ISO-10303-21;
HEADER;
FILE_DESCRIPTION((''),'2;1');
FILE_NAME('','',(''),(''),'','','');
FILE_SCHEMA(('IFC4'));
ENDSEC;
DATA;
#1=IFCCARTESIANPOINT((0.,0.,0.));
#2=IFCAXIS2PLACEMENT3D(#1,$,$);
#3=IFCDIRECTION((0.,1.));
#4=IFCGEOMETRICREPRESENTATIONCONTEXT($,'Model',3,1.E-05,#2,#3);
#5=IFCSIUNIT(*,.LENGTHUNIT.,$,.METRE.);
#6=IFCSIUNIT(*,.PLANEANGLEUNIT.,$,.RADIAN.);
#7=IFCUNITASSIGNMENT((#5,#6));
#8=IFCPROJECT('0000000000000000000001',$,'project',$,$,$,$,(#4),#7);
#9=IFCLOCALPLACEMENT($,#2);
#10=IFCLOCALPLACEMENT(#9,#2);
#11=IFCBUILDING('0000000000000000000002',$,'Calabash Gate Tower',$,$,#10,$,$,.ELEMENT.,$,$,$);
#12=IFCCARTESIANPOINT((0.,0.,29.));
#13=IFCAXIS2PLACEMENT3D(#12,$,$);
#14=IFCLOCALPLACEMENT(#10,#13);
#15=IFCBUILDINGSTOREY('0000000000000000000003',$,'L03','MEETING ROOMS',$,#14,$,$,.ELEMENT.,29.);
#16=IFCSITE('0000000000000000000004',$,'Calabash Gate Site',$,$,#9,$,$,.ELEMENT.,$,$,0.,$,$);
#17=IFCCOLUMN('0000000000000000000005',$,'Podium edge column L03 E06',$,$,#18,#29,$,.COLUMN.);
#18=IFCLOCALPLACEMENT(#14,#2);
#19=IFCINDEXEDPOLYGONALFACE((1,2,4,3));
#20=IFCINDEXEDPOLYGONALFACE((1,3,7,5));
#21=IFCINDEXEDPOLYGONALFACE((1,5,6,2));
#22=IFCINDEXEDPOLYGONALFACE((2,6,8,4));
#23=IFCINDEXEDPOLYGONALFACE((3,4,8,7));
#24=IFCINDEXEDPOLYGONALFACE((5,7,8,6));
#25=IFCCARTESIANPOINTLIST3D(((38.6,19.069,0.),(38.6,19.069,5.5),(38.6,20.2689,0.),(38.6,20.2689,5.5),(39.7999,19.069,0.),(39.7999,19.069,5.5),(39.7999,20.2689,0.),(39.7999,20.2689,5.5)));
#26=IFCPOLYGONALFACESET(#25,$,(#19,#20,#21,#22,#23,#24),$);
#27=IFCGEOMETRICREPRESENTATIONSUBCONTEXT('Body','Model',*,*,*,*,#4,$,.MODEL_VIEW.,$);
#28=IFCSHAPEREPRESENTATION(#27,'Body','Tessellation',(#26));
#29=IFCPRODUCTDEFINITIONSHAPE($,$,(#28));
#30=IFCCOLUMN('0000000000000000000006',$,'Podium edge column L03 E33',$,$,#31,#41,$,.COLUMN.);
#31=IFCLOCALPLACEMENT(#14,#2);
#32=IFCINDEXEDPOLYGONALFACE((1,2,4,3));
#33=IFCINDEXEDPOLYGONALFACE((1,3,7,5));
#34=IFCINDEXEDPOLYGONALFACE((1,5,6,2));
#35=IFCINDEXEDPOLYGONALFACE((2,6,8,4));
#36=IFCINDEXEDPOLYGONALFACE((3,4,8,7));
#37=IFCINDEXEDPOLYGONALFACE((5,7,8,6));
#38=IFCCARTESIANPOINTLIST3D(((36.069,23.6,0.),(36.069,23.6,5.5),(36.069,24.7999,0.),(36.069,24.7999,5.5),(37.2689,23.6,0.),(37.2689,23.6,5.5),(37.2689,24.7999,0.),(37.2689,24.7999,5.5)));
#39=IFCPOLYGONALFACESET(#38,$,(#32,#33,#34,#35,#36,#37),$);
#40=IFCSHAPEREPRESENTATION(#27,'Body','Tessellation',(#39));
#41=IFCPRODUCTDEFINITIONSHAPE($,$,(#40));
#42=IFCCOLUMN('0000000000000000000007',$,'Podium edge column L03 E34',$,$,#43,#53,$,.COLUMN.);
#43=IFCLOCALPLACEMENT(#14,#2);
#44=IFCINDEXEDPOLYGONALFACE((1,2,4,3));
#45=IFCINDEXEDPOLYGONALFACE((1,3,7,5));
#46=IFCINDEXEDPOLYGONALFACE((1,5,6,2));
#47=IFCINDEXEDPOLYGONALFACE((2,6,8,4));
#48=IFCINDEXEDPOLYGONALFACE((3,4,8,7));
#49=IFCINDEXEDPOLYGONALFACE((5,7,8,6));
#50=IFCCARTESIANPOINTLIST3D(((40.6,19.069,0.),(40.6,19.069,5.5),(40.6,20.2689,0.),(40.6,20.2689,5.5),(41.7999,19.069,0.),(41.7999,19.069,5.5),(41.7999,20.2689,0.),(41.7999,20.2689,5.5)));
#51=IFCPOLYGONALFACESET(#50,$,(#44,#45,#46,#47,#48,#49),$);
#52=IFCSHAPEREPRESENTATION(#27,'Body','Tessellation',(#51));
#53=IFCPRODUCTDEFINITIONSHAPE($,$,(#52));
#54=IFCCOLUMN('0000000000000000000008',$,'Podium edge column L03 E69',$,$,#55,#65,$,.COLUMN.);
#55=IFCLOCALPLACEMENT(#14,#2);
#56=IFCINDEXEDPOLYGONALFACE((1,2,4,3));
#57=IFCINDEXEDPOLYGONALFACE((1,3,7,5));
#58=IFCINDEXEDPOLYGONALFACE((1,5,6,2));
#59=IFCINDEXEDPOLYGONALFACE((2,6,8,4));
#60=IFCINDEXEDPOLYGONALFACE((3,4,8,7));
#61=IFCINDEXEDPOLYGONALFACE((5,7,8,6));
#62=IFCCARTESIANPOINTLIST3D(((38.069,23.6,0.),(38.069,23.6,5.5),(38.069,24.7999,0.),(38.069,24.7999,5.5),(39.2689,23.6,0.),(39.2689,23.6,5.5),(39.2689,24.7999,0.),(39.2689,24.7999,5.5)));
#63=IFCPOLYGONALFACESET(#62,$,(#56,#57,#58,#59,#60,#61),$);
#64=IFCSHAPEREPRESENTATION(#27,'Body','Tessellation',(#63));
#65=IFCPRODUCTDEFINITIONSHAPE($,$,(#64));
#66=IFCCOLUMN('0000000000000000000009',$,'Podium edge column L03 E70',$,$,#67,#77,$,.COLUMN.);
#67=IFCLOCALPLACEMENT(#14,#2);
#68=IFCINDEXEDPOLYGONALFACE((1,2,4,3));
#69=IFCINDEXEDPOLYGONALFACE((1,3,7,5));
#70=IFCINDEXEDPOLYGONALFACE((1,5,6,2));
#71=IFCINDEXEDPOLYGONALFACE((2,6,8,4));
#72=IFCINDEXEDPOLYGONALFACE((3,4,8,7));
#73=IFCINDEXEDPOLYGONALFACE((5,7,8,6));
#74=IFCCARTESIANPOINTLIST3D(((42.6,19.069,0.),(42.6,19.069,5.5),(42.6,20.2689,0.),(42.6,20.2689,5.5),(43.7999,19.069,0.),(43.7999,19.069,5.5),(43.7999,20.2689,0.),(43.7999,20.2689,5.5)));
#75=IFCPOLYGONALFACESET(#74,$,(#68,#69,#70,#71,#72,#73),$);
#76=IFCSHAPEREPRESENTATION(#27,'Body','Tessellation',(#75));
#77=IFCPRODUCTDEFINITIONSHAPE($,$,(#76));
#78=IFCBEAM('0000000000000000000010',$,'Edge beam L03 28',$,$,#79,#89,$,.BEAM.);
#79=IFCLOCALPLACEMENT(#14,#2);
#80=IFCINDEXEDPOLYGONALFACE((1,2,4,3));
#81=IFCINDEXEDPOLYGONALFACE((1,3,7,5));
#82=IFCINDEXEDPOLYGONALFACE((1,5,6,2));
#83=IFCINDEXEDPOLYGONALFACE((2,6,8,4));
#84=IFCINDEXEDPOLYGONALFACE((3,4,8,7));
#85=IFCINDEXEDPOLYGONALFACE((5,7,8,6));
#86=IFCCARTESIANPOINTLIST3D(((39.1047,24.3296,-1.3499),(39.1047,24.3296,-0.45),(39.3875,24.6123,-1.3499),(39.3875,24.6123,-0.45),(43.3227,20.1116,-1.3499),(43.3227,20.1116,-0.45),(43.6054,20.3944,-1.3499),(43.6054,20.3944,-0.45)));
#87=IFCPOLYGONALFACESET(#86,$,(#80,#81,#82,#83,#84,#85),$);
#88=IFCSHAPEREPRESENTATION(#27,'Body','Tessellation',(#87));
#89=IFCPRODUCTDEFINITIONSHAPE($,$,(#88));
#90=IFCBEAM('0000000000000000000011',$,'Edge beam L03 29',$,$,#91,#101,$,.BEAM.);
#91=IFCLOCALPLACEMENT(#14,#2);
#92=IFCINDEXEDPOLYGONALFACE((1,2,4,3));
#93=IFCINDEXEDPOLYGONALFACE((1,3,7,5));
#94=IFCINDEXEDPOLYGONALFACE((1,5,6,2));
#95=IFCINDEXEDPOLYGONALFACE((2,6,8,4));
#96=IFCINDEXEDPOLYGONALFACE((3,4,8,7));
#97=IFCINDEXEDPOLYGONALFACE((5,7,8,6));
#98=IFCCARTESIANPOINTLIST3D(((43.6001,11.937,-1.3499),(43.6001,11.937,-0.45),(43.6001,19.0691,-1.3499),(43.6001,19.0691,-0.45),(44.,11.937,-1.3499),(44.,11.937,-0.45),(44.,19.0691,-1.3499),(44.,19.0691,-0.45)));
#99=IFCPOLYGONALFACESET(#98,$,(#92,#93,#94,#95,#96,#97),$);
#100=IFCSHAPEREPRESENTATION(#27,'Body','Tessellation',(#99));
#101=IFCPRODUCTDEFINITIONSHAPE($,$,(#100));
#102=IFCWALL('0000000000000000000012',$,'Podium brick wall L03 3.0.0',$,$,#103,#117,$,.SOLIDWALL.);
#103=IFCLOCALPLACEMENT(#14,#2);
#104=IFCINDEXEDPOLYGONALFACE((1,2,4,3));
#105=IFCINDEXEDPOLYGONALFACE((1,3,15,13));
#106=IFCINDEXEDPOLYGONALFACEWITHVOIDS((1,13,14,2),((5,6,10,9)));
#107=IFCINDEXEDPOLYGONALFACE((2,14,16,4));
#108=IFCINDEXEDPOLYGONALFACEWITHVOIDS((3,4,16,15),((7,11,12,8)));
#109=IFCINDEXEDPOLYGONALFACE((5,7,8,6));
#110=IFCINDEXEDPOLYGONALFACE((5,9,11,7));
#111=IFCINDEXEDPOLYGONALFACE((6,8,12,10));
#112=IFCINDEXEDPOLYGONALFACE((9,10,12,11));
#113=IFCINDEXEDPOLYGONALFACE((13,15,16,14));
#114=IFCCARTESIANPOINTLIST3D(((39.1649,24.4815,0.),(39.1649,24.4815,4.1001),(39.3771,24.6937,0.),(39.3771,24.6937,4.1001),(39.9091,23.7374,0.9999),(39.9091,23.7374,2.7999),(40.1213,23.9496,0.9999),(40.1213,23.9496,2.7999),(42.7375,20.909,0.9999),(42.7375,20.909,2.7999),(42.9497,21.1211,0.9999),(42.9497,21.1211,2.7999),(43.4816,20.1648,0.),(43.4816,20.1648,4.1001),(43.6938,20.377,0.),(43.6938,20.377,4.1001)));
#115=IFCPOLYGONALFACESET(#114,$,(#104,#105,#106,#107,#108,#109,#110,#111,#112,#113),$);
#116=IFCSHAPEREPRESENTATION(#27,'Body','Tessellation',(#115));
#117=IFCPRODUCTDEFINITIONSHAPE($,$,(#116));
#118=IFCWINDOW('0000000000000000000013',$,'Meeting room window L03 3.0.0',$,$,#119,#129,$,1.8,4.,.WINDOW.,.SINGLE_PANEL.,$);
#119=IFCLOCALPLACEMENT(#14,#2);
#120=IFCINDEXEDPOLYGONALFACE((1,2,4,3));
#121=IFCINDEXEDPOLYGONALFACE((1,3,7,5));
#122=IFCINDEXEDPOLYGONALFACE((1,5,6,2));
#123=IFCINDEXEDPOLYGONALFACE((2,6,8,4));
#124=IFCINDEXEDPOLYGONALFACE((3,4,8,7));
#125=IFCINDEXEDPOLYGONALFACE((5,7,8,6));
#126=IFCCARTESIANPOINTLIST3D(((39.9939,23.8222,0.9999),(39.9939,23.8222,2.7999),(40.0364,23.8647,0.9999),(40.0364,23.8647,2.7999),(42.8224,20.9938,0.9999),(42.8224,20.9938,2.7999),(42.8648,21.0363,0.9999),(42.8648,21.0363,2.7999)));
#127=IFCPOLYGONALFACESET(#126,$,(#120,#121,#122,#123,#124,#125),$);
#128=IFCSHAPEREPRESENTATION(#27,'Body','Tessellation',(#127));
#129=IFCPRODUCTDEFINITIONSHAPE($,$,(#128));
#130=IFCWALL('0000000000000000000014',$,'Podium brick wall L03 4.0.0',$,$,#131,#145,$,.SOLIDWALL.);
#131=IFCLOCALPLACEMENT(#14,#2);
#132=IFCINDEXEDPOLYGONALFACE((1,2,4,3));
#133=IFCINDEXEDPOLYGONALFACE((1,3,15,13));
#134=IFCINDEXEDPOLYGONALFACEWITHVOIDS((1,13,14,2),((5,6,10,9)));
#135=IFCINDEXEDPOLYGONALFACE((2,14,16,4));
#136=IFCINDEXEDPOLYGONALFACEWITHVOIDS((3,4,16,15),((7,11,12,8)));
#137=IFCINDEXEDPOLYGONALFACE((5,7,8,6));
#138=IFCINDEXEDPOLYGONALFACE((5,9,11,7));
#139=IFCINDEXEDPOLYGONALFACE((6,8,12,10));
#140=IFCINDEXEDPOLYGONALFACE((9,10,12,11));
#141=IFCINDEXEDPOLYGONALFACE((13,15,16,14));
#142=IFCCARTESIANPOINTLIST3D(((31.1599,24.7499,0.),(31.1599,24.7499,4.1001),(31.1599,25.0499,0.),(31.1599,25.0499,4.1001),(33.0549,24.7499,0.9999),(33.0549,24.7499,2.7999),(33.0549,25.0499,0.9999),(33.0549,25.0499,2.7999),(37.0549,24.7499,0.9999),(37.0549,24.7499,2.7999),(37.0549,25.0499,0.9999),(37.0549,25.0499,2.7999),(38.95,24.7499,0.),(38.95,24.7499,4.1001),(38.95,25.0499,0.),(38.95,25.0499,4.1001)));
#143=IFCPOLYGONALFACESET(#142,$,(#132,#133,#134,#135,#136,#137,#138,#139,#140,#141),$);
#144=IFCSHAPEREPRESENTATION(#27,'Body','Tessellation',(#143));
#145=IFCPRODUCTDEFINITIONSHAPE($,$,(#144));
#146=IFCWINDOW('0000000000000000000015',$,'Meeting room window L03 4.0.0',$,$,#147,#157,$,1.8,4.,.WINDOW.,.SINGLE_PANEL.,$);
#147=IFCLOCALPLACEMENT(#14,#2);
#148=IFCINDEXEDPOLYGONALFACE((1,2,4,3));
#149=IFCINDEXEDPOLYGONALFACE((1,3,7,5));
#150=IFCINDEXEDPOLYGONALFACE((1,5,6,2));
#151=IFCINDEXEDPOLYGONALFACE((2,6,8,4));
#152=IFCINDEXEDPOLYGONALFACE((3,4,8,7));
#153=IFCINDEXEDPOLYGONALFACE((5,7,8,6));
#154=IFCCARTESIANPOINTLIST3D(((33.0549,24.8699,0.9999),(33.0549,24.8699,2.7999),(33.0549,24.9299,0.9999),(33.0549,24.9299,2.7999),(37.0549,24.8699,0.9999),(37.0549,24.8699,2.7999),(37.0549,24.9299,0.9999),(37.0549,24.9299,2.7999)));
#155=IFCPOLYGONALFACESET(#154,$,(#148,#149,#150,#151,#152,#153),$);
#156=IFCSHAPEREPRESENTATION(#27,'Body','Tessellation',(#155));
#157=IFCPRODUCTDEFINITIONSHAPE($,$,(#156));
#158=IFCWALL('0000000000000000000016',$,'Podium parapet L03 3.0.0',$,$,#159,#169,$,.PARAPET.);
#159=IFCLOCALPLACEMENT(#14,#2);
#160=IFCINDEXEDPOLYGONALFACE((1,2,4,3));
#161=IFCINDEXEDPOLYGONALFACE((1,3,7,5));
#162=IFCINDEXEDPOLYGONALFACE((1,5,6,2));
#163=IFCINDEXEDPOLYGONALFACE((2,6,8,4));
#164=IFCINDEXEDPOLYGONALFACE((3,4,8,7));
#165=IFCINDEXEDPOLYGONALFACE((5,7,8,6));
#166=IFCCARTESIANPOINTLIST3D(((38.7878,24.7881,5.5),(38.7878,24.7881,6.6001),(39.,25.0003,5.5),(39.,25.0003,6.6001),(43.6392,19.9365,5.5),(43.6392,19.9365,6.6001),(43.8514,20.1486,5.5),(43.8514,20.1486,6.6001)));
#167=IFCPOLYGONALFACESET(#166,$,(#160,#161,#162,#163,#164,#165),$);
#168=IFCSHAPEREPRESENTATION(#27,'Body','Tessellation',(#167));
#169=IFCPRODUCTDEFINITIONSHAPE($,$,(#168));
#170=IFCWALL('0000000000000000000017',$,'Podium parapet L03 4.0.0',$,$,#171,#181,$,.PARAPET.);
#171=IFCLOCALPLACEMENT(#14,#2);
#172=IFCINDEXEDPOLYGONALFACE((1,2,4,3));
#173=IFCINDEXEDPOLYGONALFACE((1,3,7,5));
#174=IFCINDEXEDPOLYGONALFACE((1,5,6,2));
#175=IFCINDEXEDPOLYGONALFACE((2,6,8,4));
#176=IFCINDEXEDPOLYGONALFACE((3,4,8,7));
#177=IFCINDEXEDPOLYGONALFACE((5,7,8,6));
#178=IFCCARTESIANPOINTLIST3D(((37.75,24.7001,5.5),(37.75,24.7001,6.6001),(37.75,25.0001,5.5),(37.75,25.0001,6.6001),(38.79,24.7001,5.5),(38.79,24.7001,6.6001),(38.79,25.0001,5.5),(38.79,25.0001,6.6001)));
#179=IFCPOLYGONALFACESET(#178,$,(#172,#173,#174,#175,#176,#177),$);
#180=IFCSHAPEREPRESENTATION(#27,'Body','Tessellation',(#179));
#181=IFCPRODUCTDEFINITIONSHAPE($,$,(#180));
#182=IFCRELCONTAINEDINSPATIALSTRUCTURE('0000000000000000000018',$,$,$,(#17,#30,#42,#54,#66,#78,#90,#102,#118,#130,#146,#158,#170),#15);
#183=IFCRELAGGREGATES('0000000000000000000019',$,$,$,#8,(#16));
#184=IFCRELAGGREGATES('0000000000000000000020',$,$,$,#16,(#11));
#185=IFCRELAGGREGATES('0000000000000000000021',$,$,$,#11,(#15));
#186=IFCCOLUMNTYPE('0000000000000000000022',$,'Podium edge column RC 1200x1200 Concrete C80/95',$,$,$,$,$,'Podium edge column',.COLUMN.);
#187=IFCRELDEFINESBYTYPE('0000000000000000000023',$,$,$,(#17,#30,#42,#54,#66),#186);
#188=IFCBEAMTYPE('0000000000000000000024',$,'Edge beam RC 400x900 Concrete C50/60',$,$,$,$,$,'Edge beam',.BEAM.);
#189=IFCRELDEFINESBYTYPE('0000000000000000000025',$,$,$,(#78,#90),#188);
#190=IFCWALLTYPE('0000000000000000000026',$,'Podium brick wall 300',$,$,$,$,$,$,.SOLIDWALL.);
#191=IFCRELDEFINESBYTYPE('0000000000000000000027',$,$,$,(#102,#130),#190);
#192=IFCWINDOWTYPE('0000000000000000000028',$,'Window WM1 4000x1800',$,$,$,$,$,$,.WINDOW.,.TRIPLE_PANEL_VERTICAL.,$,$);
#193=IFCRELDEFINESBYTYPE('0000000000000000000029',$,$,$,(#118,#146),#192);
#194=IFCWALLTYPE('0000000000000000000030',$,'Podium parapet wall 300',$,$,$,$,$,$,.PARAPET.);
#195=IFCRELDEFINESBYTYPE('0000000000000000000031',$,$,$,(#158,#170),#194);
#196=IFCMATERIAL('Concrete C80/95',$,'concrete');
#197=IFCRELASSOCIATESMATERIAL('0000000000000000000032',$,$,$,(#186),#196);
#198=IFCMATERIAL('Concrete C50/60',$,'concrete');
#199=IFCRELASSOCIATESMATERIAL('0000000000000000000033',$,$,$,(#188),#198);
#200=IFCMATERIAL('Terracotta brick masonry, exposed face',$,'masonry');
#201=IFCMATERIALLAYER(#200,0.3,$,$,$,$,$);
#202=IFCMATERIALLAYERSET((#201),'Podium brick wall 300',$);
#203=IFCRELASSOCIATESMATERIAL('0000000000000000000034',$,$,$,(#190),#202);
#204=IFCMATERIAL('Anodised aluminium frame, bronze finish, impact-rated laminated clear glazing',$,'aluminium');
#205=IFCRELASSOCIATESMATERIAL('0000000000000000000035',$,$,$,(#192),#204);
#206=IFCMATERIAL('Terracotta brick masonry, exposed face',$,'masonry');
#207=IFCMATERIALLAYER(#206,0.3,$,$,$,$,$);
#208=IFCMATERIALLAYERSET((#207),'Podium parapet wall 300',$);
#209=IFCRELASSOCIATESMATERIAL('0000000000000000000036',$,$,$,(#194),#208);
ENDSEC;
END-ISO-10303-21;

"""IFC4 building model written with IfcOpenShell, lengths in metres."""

from ifc_helpers import new_model, si_unit, direction, frame, frame_2d, origin, origin_2d, place, context, subcontext, project, spatial, rectangle, extrude, material, layer, layer_set, material_profile, profile_set, type_object, element, fill, save


model = new_model("IFC4")

# Units and contexts
model_context = context("Model", 3, precision=1e-05, world=origin(), true_north=direction((0.0, 1.0)))
body_context = subcontext(model_context, "Body", "Model", "MODEL_VIEW")
ifc_project = project(units=[si_unit("LENGTHUNIT", "METRE"), si_unit("PLANEANGLEUNIT", "RADIAN")], contexts=[model_context])

# Site, building, storey
site_placement = place(None, origin())
site = spatial("IfcSite", under=ifc_project, at=site_placement, Name="Calabash Gate Site", CompositionType="ELEMENT", RefElevation=0.0)
building_placement = place(site_placement, origin())
building = spatial("IfcBuilding", under=site, at=building_placement, Name="Calabash Gate Tower", CompositionType="ELEMENT")
storey_placement = place(building_placement, frame((0.0, 0.0, 29.0)))
storey = spatial("IfcBuildingStorey", under=building, at=storey_placement, Name="L03", Description="MEETING ROOMS", CompositionType="ELEMENT", Elevation=29.0)

# Columns
ifc_material_1 = material(Name="Concrete C80/95", Category="concrete")
ifc_material_profile_1 = material_profile(ifc_material_1, rectangle(XDim=1.2, YDim=1.2, at=origin_2d()))
ifc_profile_set_1 = profile_set([ifc_material_profile_1], Name="Concrete C80/95")
column_type = type_object("IfcColumnType", Name="Podium edge column RC 1200x1200 Concrete C80/95", ElementType="Podium edge column", PredefinedType="COLUMN", material=ifc_profile_set_1)
for number, where, z_axis, x_axis, name in (
    (1, (39.2, 19.6689, 0.0), (0.0, 0.0, 1.0), (1.0, 0.0, 0.0), "Podium edge column L03 E06"),
    (2, (36.6689, 24.2, 0.0), (0.0, 0.0, 1.0), (1.0, 0.0, 0.0), "Podium edge column L03 E33"),
    (3, (41.2, 19.6689, 0.0), (0.0, 0.0, 1.0), (1.0, 0.0, 0.0), "Podium edge column L03 E34"),
    (4, (38.6689, 24.2, 0.0), (0.0, 0.0, 1.0), (1.0, 0.0, 0.0), "Podium edge column L03 E69"),
    (5, (43.2, 19.6689, 0.0), (0.0, 0.0, 1.0), (1.0, 0.0, 0.0), "Podium edge column L03 E70"),
):
    element("IfcColumn", number, at=place(storey_placement, frame(where, z_axis=z_axis, x_axis=x_axis)), inside=storey, type_object=column_type, Name=name, PredefinedType="COLUMN", context=body_context, shape_type="SweptSolid", body=[
        extrude(rectangle(XDim=1.2, YDim=1.2, at=origin_2d()), origin(), (0.0, 0.0, 1.0), 5.5),
    ])

# Beams
ifc_material_2 = material(Name="Concrete C50/60", Category="concrete")
ifc_material_profile_2 = material_profile(ifc_material_2, rectangle(XDim=0.3999, YDim=0.8999, at=origin_2d()))
ifc_profile_set_2 = profile_set([ifc_material_profile_2], Name="Concrete C50/60")
beam_type = type_object("IfcBeamType", Name="Edge beam RC 400x900 Concrete C50/60", ElementType="Edge beam", PredefinedType="BEAM", material=ifc_profile_set_2)
beam_1_placement = place(storey_placement, frame((39.2461, 24.4709, -0.8999), z_axis=(0.707107, -0.707107, 0.0), x_axis=(0.707107, 0.707107, 0.0)))
element("IfcBeam", 6, at=beam_1_placement, inside=storey, type_object=beam_type, Name="Edge beam L03 28", PredefinedType="BEAM", context=body_context, shape_type="SweptSolid", body=[
    extrude(rectangle(XDim=0.3999, YDim=0.8999, at=origin_2d()), origin(), (0.0, 0.0, 1.0), 5.9651),
])
beam_2_placement = place(storey_placement, frame((43.8, 19.0691, -0.8999), z_axis=(0.0, -1.0, 0.0), x_axis=(1.0, 0.0, 0.0)))
element("IfcBeam", 7, at=beam_2_placement, inside=storey, type_object=beam_type, Name="Edge beam L03 29", PredefinedType="BEAM", context=body_context, shape_type="SweptSolid", body=[
    extrude(rectangle(XDim=0.3999, YDim=0.8999, at=origin_2d()), origin(), (0.0, 0.0, 1.0), 7.1321),
])

# Walls, openings, windows
ifc_material_3 = material(Name="Terracotta brick masonry, exposed face", Category="masonry")
ifc_layer_1 = layer(ifc_material_3, 0.3)
ifc_layer_set_1 = layer_set([ifc_layer_1], Name="Podium brick wall 300")
wall_type_1 = type_object("IfcWallType", Name="Podium brick wall 300", PredefinedType="SOLIDWALL", material=ifc_layer_set_1)
wall_1_placement = place(storey_placement, frame((43.5876, 20.271, 0.0), z_axis=(0.0, 0.0, 1.0), x_axis=(-0.707107, 0.707107, 0.0)))
wall_1 = element("IfcWall", 8, at=wall_1_placement, inside=storey, type_object=wall_type_1, Name="Podium brick wall L03 3.0.0", PredefinedType="SOLIDWALL", context=body_context, shape_type="SweptSolid", body=[
    extrude(rectangle(XDim=6.1047, YDim=0.3, at=frame_2d((3.0522, 0.0))), origin(), (0.0, 0.0, 1.0), 4.1001),
])
opening_1_placement = place(wall_1_placement, frame((1.0522, 0.0, 1.0)))
opening_1 = element("IfcOpeningElement", 9, at=opening_1_placement, cuts=wall_1, PredefinedType="OPENING", context=body_context, shape_type="SweptSolid", body=[
    extrude(rectangle(XDim=4.0, YDim=1.8, at=frame_2d((2.0, 0.8999))), frame((0.0, 0.1599, 0.0), z_axis=(0.0, -1.0, 0.0), x_axis=(1.0, 0.0, 0.0)), (0.0, 0.0, 1.0), 0.3201),
])
ifc_material_4 = material(Name="Anodised aluminium frame, bronze finish, impact-rated laminated clear glazing", Category="aluminium")
window_type = type_object("IfcWindowType", Name="Window WM1 4000x1800", PartitioningType="TRIPLE_PANEL_VERTICAL", PredefinedType="WINDOW", material=ifc_material_4)
window_1_placement = place(opening_1_placement, origin())
window_1 = element("IfcWindow", 10, at=window_1_placement, inside=storey, type_object=window_type, Name="Meeting room window L03 3.0.0", OverallHeight=1.8, OverallWidth=4.0, PartitioningType="SINGLE_PANEL", PredefinedType="WINDOW", context=body_context, shape_type="SweptSolid", body=[
    extrude(rectangle(XDim=4.0, YDim=1.8, at=frame_2d((2.0, 0.8999))), frame((0.0, 0.03, 0.0), z_axis=(0.0, -1.0, 0.0), x_axis=(1.0, 0.0, 0.0)), (0.0, 0.0, 1.0), 0.0601),
])
fill(opening_1, window_1)
wall_2_placement = place(storey_placement, frame((38.95, 24.8999, 0.0), z_axis=(0.0, 0.0, 1.0), x_axis=(-1.0, 0.0, 0.0)))
wall_2 = element("IfcWall", 11, at=wall_2_placement, inside=storey, type_object=wall_type_1, Name="Podium brick wall L03 4.0.0", PredefinedType="SOLIDWALL", context=body_context, shape_type="SweptSolid", body=[
    extrude(rectangle(XDim=7.79, YDim=0.3, at=frame_2d((3.895, 0.0))), origin(), (0.0, 0.0, 1.0), 4.1001),
])
opening_2_placement = place(wall_2_placement, frame((1.895, 0.0, 1.0)))
opening_2 = element("IfcOpeningElement", 12, at=opening_2_placement, cuts=wall_2, PredefinedType="OPENING", context=body_context, shape_type="SweptSolid", body=[
    extrude(rectangle(XDim=4.0, YDim=1.8, at=frame_2d((2.0, 0.8999))), frame((0.0, 0.1599, 0.0), z_axis=(0.0, -1.0, 0.0), x_axis=(1.0, 0.0, 0.0)), (0.0, 0.0, 1.0), 0.3201),
])
window_2_placement = place(opening_2_placement, origin())
window_2 = element("IfcWindow", 13, at=window_2_placement, inside=storey, type_object=window_type, Name="Meeting room window L03 4.0.0", OverallHeight=1.8, OverallWidth=4.0, PartitioningType="SINGLE_PANEL", PredefinedType="WINDOW", context=body_context, shape_type="SweptSolid", body=[
    extrude(rectangle(XDim=4.0, YDim=1.8, at=frame_2d((2.0, 0.8999))), frame((0.0, 0.03, 0.0), z_axis=(0.0, -1.0, 0.0), x_axis=(1.0, 0.0, 0.0)), (0.0, 0.0, 1.0), 0.0601),
])
fill(opening_2, window_2)

# Walls
ifc_material_5 = material(Name="Terracotta brick masonry, exposed face", Category="masonry")
ifc_layer_2 = layer(ifc_material_5, 0.3)
ifc_layer_set_2 = layer_set([ifc_layer_2], Name="Podium parapet wall 300")
wall_type_2 = type_object("IfcWallType", Name="Podium parapet wall 300", PredefinedType="PARAPET", material=ifc_layer_set_2)
wall_3_placement = place(storey_placement, frame((43.7454, 20.0425, 5.5), z_axis=(0.0, 0.0, 1.0), x_axis=(-0.707089, 0.707125, 0.0)))
element("IfcWall", 14, at=wall_3_placement, inside=storey, type_object=wall_type_2, Name="Podium parapet L03 3.0.0", PredefinedType="PARAPET", context=body_context, shape_type="SweptSolid", body=[
    extrude(rectangle(XDim=6.8611, YDim=0.3, at=frame_2d((3.4307, 0.0))), origin(), (0.0, 0.0, 1.0), 1.1001),
])
wall_4_placement = place(storey_placement, frame((38.79, 24.8501, 5.5), z_axis=(0.0, 0.0, 1.0), x_axis=(-1.0, 0.0, 0.0)))
element("IfcWall", 15, at=wall_4_placement, inside=storey, type_object=wall_type_2, Name="Podium parapet L03 4.0.0", PredefinedType="PARAPET", context=body_context, shape_type="SweptSolid", body=[
    extrude(rectangle(XDim=1.04, YDim=0.3, at=frame_2d((0.52, 0.0))), origin(), (0.0, 0.0, 1.0), 1.1001),
])

save(model, "model.ifc")
